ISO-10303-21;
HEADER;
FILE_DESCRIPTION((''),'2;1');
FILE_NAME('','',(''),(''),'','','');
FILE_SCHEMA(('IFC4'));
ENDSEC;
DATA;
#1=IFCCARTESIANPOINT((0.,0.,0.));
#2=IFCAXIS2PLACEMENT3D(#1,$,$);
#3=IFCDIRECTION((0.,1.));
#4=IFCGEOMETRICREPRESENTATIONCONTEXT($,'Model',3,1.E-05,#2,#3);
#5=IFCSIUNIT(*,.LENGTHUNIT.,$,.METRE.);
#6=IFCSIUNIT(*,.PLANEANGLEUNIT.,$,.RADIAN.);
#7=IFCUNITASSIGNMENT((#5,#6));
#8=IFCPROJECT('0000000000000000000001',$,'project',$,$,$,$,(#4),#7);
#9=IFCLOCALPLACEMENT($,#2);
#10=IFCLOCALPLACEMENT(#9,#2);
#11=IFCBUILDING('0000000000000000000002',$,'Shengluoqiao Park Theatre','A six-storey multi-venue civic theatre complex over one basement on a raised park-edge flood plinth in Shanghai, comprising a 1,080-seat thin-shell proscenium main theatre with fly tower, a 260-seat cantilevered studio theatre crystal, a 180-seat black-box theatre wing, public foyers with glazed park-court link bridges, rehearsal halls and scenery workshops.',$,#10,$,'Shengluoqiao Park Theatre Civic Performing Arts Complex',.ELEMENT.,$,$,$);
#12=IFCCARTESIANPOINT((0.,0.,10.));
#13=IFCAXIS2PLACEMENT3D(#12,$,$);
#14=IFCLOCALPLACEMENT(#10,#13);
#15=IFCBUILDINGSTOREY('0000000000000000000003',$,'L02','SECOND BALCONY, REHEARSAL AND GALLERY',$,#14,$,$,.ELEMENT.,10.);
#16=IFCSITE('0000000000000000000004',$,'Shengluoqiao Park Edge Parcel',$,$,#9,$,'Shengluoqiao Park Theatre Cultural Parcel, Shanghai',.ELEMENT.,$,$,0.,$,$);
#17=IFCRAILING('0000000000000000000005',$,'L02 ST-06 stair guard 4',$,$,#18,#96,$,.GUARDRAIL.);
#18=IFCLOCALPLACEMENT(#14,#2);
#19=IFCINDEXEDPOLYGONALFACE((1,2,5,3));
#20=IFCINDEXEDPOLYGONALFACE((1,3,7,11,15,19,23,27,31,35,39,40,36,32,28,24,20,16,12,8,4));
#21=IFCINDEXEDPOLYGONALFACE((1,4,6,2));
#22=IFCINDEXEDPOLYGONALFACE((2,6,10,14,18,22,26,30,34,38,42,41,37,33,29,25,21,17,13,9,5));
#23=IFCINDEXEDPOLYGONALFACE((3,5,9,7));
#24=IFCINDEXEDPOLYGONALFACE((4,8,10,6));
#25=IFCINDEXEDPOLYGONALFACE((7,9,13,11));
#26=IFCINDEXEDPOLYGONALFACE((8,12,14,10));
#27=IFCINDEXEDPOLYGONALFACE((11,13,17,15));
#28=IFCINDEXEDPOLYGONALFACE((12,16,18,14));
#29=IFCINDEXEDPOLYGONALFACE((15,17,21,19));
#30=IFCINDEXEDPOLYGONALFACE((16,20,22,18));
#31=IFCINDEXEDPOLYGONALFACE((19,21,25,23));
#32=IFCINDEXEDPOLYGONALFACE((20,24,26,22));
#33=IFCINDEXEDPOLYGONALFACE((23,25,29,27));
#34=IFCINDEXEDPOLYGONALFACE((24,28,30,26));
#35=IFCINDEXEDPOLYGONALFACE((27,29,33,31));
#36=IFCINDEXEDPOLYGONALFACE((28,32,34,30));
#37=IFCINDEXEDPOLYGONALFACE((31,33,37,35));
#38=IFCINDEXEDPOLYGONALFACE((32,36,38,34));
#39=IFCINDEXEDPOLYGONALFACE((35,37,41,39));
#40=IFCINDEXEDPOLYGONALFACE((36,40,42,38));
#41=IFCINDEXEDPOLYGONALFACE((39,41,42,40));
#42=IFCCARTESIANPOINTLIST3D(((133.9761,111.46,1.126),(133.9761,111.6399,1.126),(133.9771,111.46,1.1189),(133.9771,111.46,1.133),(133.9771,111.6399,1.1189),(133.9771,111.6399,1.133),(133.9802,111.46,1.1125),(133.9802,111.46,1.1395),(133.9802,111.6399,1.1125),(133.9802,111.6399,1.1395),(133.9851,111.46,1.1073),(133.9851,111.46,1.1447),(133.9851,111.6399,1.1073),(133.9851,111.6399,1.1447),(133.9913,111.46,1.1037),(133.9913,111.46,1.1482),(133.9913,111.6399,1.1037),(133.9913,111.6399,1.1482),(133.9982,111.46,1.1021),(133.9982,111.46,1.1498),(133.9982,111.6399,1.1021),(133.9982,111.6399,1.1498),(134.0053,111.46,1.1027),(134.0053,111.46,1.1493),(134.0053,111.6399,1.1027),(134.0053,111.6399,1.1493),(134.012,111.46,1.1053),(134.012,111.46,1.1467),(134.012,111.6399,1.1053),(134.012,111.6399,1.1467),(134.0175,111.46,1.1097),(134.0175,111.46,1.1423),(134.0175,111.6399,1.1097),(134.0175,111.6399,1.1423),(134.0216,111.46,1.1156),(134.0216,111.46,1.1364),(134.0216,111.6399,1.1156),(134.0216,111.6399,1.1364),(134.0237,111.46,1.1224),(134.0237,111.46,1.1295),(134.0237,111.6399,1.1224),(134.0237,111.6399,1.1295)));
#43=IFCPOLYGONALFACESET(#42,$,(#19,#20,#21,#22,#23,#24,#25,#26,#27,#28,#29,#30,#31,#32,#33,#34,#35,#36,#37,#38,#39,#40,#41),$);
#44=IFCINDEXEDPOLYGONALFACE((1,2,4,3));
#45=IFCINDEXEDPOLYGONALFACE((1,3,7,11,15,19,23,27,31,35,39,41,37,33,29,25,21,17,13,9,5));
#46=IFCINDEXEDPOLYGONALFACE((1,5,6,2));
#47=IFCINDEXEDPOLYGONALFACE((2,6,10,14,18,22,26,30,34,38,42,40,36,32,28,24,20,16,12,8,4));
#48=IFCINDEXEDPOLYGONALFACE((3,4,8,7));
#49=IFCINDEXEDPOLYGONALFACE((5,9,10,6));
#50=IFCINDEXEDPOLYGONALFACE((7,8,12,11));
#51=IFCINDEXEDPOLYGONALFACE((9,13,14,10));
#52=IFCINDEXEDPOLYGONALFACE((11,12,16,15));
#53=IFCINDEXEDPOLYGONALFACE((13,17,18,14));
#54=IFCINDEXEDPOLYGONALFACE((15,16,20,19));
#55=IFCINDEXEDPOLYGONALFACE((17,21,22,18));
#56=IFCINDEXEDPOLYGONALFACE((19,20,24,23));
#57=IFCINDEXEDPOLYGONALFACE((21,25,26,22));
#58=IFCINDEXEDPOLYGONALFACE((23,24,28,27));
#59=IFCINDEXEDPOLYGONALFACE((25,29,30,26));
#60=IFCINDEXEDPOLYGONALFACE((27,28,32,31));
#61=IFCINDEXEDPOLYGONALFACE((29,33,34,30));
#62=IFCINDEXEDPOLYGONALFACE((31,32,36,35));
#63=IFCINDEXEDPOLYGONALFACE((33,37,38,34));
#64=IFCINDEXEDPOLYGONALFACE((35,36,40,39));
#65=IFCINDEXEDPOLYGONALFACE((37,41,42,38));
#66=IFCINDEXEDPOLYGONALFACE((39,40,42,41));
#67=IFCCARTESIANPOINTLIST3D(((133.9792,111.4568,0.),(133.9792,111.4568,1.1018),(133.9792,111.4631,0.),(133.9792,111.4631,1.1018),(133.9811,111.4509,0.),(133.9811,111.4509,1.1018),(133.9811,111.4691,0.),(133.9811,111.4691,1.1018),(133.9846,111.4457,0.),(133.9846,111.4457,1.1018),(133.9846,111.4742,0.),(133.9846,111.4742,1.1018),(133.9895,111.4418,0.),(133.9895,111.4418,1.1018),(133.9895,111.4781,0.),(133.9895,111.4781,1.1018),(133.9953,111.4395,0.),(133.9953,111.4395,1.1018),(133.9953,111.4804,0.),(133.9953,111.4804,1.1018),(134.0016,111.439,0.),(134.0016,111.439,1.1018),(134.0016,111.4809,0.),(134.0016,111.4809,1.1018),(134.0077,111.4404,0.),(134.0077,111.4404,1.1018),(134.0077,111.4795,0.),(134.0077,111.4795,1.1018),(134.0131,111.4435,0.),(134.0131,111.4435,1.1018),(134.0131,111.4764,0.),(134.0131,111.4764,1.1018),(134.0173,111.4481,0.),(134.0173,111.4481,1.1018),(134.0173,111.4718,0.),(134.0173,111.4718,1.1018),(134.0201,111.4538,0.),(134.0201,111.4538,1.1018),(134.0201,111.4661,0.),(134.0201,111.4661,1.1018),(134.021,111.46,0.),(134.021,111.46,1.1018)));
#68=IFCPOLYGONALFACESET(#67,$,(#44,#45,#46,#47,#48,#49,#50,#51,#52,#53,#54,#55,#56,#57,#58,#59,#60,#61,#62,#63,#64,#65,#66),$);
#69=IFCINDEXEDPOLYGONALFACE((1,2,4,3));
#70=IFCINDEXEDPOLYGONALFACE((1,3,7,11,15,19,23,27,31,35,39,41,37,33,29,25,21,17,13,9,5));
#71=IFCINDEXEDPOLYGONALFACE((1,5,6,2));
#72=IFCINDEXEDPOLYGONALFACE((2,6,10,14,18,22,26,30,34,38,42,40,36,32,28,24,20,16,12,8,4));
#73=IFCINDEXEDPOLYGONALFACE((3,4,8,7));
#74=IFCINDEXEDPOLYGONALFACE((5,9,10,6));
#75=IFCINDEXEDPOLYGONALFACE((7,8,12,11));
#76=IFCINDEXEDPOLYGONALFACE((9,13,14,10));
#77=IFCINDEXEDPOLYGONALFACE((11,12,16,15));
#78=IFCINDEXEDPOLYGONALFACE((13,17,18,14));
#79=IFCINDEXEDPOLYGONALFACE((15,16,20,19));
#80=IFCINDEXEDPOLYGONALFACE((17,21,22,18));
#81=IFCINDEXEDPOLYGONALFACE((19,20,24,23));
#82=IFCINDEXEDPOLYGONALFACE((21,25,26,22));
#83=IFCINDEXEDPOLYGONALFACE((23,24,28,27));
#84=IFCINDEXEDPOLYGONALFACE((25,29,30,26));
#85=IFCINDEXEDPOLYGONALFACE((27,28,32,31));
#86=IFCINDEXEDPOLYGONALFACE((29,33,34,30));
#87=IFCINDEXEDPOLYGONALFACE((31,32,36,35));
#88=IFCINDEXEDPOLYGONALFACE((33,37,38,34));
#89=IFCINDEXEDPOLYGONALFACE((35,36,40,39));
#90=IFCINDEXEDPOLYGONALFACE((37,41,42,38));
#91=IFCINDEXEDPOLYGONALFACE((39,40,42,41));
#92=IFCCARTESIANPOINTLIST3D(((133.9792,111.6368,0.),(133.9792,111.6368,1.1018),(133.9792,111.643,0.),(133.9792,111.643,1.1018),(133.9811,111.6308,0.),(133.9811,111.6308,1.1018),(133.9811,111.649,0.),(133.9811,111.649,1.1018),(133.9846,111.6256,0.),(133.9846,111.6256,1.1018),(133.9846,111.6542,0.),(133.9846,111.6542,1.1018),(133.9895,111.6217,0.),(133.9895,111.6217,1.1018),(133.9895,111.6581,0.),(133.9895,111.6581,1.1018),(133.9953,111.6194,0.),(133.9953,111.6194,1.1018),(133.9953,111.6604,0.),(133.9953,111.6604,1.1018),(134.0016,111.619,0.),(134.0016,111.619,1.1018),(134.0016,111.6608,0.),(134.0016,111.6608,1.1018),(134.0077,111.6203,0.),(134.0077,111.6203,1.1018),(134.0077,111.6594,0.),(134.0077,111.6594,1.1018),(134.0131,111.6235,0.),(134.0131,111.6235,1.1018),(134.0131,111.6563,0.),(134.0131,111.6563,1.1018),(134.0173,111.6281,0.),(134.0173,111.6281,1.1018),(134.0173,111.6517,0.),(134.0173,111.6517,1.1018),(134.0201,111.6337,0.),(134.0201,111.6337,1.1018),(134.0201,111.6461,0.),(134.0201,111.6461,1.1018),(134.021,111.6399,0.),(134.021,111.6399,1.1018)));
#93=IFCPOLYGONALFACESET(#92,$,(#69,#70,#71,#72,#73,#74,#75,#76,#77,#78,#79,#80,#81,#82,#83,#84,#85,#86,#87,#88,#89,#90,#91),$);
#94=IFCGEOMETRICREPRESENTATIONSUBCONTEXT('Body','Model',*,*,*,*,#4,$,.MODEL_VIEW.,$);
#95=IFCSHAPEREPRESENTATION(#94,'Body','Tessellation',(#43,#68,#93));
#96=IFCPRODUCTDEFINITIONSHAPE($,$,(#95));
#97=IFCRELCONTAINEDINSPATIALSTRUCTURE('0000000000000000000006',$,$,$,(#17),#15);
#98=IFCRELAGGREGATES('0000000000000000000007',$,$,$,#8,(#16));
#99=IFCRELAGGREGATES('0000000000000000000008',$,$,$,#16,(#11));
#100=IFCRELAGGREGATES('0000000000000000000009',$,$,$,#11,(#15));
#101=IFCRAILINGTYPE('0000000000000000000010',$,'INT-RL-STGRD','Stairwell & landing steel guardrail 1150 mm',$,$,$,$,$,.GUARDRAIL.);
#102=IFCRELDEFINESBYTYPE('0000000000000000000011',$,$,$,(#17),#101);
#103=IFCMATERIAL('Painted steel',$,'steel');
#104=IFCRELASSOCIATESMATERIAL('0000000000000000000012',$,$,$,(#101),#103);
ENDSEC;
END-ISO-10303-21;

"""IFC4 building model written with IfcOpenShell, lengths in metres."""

from ifc_helpers import new_model, si_unit, direction, frame, origin, origin_2d, place, context, subcontext, project, spatial, circle, extrude, material, type_object, element, save


model = new_model("IFC4")

# Units and contexts
model_context = context("Model", 3, precision=1e-05, world=origin(), true_north=direction((0.0, 1.0)))
body_context = subcontext(model_context, "Body", "Model", "MODEL_VIEW")
ifc_project = project(units=[si_unit("LENGTHUNIT", "METRE"), si_unit("PLANEANGLEUNIT", "RADIAN")], contexts=[model_context])

# Site, building, storey
site_placement = place(None, origin())
site = spatial("IfcSite", under=ifc_project, at=site_placement, Name="Shengluoqiao Park Edge Parcel", LongName="Shengluoqiao Park Theatre Cultural Parcel, Shanghai", CompositionType="ELEMENT", RefElevation=0.0)
building_placement = place(site_placement, origin())
building = spatial("IfcBuilding", under=site, at=building_placement, Name="Shengluoqiao Park Theatre", Description="A six-storey multi-venue civic theatre complex over one basement on a raised park-edge flood plinth in Shanghai, comprising a 1,080-seat thin-shell proscenium main theatre with fly tower, a 260-seat cantilevered studio theatre crystal, a 180-seat black-box theatre wing, public foyers with glazed park-court link bridges, rehearsal halls and scenery workshops.", LongName="Shengluoqiao Park Theatre Civic Performing Arts Complex", CompositionType="ELEMENT")
storey_placement = place(building_placement, frame((0.0, 0.0, 10.0)))
storey = spatial("IfcBuildingStorey", under=building, at=storey_placement, Name="L02", Description="SECOND BALCONY, REHEARSAL AND GALLERY", CompositionType="ELEMENT", Elevation=10.0)

# Railing
ifc_material_1 = material(Name="Painted steel", Category="steel")
railing_type_1 = type_object("IfcRailingType", Name="INT-RL-STGRD", Description="Stairwell & landing steel guardrail 1150 mm", PredefinedType="GUARDRAIL", material=ifc_material_1)
railing_1_placement = place(storey_placement, frame((134.0, 111.46, 0.0)))
element("IfcRailing", 1, at=railing_1_placement, inside=storey, type_object=railing_type_1, Name="L02 ST-06 stair guard 4", PredefinedType="GUARDRAIL", context=body_context, shape_type="SweptSolid", body=[
    extrude(circle(Radius=0.0239, at=origin_2d()), frame((0.0, 0.0, 1.126), z_axis=(0.0, 1.0, 0.0), x_axis=(-1.0, 0.0, 0.0)), (0.0, 0.0, 1.0), 0.1799),
    extrude(circle(Radius=0.021, at=origin_2d()), origin(), (0.0, 0.0, 1.0), 1.1018),
    extrude(circle(Radius=0.021, at=origin_2d()), frame((0.0, 0.1799, 0.0)), (0.0, 0.0, 1.0), 1.1018),
])

save(model, "model.ifc")
